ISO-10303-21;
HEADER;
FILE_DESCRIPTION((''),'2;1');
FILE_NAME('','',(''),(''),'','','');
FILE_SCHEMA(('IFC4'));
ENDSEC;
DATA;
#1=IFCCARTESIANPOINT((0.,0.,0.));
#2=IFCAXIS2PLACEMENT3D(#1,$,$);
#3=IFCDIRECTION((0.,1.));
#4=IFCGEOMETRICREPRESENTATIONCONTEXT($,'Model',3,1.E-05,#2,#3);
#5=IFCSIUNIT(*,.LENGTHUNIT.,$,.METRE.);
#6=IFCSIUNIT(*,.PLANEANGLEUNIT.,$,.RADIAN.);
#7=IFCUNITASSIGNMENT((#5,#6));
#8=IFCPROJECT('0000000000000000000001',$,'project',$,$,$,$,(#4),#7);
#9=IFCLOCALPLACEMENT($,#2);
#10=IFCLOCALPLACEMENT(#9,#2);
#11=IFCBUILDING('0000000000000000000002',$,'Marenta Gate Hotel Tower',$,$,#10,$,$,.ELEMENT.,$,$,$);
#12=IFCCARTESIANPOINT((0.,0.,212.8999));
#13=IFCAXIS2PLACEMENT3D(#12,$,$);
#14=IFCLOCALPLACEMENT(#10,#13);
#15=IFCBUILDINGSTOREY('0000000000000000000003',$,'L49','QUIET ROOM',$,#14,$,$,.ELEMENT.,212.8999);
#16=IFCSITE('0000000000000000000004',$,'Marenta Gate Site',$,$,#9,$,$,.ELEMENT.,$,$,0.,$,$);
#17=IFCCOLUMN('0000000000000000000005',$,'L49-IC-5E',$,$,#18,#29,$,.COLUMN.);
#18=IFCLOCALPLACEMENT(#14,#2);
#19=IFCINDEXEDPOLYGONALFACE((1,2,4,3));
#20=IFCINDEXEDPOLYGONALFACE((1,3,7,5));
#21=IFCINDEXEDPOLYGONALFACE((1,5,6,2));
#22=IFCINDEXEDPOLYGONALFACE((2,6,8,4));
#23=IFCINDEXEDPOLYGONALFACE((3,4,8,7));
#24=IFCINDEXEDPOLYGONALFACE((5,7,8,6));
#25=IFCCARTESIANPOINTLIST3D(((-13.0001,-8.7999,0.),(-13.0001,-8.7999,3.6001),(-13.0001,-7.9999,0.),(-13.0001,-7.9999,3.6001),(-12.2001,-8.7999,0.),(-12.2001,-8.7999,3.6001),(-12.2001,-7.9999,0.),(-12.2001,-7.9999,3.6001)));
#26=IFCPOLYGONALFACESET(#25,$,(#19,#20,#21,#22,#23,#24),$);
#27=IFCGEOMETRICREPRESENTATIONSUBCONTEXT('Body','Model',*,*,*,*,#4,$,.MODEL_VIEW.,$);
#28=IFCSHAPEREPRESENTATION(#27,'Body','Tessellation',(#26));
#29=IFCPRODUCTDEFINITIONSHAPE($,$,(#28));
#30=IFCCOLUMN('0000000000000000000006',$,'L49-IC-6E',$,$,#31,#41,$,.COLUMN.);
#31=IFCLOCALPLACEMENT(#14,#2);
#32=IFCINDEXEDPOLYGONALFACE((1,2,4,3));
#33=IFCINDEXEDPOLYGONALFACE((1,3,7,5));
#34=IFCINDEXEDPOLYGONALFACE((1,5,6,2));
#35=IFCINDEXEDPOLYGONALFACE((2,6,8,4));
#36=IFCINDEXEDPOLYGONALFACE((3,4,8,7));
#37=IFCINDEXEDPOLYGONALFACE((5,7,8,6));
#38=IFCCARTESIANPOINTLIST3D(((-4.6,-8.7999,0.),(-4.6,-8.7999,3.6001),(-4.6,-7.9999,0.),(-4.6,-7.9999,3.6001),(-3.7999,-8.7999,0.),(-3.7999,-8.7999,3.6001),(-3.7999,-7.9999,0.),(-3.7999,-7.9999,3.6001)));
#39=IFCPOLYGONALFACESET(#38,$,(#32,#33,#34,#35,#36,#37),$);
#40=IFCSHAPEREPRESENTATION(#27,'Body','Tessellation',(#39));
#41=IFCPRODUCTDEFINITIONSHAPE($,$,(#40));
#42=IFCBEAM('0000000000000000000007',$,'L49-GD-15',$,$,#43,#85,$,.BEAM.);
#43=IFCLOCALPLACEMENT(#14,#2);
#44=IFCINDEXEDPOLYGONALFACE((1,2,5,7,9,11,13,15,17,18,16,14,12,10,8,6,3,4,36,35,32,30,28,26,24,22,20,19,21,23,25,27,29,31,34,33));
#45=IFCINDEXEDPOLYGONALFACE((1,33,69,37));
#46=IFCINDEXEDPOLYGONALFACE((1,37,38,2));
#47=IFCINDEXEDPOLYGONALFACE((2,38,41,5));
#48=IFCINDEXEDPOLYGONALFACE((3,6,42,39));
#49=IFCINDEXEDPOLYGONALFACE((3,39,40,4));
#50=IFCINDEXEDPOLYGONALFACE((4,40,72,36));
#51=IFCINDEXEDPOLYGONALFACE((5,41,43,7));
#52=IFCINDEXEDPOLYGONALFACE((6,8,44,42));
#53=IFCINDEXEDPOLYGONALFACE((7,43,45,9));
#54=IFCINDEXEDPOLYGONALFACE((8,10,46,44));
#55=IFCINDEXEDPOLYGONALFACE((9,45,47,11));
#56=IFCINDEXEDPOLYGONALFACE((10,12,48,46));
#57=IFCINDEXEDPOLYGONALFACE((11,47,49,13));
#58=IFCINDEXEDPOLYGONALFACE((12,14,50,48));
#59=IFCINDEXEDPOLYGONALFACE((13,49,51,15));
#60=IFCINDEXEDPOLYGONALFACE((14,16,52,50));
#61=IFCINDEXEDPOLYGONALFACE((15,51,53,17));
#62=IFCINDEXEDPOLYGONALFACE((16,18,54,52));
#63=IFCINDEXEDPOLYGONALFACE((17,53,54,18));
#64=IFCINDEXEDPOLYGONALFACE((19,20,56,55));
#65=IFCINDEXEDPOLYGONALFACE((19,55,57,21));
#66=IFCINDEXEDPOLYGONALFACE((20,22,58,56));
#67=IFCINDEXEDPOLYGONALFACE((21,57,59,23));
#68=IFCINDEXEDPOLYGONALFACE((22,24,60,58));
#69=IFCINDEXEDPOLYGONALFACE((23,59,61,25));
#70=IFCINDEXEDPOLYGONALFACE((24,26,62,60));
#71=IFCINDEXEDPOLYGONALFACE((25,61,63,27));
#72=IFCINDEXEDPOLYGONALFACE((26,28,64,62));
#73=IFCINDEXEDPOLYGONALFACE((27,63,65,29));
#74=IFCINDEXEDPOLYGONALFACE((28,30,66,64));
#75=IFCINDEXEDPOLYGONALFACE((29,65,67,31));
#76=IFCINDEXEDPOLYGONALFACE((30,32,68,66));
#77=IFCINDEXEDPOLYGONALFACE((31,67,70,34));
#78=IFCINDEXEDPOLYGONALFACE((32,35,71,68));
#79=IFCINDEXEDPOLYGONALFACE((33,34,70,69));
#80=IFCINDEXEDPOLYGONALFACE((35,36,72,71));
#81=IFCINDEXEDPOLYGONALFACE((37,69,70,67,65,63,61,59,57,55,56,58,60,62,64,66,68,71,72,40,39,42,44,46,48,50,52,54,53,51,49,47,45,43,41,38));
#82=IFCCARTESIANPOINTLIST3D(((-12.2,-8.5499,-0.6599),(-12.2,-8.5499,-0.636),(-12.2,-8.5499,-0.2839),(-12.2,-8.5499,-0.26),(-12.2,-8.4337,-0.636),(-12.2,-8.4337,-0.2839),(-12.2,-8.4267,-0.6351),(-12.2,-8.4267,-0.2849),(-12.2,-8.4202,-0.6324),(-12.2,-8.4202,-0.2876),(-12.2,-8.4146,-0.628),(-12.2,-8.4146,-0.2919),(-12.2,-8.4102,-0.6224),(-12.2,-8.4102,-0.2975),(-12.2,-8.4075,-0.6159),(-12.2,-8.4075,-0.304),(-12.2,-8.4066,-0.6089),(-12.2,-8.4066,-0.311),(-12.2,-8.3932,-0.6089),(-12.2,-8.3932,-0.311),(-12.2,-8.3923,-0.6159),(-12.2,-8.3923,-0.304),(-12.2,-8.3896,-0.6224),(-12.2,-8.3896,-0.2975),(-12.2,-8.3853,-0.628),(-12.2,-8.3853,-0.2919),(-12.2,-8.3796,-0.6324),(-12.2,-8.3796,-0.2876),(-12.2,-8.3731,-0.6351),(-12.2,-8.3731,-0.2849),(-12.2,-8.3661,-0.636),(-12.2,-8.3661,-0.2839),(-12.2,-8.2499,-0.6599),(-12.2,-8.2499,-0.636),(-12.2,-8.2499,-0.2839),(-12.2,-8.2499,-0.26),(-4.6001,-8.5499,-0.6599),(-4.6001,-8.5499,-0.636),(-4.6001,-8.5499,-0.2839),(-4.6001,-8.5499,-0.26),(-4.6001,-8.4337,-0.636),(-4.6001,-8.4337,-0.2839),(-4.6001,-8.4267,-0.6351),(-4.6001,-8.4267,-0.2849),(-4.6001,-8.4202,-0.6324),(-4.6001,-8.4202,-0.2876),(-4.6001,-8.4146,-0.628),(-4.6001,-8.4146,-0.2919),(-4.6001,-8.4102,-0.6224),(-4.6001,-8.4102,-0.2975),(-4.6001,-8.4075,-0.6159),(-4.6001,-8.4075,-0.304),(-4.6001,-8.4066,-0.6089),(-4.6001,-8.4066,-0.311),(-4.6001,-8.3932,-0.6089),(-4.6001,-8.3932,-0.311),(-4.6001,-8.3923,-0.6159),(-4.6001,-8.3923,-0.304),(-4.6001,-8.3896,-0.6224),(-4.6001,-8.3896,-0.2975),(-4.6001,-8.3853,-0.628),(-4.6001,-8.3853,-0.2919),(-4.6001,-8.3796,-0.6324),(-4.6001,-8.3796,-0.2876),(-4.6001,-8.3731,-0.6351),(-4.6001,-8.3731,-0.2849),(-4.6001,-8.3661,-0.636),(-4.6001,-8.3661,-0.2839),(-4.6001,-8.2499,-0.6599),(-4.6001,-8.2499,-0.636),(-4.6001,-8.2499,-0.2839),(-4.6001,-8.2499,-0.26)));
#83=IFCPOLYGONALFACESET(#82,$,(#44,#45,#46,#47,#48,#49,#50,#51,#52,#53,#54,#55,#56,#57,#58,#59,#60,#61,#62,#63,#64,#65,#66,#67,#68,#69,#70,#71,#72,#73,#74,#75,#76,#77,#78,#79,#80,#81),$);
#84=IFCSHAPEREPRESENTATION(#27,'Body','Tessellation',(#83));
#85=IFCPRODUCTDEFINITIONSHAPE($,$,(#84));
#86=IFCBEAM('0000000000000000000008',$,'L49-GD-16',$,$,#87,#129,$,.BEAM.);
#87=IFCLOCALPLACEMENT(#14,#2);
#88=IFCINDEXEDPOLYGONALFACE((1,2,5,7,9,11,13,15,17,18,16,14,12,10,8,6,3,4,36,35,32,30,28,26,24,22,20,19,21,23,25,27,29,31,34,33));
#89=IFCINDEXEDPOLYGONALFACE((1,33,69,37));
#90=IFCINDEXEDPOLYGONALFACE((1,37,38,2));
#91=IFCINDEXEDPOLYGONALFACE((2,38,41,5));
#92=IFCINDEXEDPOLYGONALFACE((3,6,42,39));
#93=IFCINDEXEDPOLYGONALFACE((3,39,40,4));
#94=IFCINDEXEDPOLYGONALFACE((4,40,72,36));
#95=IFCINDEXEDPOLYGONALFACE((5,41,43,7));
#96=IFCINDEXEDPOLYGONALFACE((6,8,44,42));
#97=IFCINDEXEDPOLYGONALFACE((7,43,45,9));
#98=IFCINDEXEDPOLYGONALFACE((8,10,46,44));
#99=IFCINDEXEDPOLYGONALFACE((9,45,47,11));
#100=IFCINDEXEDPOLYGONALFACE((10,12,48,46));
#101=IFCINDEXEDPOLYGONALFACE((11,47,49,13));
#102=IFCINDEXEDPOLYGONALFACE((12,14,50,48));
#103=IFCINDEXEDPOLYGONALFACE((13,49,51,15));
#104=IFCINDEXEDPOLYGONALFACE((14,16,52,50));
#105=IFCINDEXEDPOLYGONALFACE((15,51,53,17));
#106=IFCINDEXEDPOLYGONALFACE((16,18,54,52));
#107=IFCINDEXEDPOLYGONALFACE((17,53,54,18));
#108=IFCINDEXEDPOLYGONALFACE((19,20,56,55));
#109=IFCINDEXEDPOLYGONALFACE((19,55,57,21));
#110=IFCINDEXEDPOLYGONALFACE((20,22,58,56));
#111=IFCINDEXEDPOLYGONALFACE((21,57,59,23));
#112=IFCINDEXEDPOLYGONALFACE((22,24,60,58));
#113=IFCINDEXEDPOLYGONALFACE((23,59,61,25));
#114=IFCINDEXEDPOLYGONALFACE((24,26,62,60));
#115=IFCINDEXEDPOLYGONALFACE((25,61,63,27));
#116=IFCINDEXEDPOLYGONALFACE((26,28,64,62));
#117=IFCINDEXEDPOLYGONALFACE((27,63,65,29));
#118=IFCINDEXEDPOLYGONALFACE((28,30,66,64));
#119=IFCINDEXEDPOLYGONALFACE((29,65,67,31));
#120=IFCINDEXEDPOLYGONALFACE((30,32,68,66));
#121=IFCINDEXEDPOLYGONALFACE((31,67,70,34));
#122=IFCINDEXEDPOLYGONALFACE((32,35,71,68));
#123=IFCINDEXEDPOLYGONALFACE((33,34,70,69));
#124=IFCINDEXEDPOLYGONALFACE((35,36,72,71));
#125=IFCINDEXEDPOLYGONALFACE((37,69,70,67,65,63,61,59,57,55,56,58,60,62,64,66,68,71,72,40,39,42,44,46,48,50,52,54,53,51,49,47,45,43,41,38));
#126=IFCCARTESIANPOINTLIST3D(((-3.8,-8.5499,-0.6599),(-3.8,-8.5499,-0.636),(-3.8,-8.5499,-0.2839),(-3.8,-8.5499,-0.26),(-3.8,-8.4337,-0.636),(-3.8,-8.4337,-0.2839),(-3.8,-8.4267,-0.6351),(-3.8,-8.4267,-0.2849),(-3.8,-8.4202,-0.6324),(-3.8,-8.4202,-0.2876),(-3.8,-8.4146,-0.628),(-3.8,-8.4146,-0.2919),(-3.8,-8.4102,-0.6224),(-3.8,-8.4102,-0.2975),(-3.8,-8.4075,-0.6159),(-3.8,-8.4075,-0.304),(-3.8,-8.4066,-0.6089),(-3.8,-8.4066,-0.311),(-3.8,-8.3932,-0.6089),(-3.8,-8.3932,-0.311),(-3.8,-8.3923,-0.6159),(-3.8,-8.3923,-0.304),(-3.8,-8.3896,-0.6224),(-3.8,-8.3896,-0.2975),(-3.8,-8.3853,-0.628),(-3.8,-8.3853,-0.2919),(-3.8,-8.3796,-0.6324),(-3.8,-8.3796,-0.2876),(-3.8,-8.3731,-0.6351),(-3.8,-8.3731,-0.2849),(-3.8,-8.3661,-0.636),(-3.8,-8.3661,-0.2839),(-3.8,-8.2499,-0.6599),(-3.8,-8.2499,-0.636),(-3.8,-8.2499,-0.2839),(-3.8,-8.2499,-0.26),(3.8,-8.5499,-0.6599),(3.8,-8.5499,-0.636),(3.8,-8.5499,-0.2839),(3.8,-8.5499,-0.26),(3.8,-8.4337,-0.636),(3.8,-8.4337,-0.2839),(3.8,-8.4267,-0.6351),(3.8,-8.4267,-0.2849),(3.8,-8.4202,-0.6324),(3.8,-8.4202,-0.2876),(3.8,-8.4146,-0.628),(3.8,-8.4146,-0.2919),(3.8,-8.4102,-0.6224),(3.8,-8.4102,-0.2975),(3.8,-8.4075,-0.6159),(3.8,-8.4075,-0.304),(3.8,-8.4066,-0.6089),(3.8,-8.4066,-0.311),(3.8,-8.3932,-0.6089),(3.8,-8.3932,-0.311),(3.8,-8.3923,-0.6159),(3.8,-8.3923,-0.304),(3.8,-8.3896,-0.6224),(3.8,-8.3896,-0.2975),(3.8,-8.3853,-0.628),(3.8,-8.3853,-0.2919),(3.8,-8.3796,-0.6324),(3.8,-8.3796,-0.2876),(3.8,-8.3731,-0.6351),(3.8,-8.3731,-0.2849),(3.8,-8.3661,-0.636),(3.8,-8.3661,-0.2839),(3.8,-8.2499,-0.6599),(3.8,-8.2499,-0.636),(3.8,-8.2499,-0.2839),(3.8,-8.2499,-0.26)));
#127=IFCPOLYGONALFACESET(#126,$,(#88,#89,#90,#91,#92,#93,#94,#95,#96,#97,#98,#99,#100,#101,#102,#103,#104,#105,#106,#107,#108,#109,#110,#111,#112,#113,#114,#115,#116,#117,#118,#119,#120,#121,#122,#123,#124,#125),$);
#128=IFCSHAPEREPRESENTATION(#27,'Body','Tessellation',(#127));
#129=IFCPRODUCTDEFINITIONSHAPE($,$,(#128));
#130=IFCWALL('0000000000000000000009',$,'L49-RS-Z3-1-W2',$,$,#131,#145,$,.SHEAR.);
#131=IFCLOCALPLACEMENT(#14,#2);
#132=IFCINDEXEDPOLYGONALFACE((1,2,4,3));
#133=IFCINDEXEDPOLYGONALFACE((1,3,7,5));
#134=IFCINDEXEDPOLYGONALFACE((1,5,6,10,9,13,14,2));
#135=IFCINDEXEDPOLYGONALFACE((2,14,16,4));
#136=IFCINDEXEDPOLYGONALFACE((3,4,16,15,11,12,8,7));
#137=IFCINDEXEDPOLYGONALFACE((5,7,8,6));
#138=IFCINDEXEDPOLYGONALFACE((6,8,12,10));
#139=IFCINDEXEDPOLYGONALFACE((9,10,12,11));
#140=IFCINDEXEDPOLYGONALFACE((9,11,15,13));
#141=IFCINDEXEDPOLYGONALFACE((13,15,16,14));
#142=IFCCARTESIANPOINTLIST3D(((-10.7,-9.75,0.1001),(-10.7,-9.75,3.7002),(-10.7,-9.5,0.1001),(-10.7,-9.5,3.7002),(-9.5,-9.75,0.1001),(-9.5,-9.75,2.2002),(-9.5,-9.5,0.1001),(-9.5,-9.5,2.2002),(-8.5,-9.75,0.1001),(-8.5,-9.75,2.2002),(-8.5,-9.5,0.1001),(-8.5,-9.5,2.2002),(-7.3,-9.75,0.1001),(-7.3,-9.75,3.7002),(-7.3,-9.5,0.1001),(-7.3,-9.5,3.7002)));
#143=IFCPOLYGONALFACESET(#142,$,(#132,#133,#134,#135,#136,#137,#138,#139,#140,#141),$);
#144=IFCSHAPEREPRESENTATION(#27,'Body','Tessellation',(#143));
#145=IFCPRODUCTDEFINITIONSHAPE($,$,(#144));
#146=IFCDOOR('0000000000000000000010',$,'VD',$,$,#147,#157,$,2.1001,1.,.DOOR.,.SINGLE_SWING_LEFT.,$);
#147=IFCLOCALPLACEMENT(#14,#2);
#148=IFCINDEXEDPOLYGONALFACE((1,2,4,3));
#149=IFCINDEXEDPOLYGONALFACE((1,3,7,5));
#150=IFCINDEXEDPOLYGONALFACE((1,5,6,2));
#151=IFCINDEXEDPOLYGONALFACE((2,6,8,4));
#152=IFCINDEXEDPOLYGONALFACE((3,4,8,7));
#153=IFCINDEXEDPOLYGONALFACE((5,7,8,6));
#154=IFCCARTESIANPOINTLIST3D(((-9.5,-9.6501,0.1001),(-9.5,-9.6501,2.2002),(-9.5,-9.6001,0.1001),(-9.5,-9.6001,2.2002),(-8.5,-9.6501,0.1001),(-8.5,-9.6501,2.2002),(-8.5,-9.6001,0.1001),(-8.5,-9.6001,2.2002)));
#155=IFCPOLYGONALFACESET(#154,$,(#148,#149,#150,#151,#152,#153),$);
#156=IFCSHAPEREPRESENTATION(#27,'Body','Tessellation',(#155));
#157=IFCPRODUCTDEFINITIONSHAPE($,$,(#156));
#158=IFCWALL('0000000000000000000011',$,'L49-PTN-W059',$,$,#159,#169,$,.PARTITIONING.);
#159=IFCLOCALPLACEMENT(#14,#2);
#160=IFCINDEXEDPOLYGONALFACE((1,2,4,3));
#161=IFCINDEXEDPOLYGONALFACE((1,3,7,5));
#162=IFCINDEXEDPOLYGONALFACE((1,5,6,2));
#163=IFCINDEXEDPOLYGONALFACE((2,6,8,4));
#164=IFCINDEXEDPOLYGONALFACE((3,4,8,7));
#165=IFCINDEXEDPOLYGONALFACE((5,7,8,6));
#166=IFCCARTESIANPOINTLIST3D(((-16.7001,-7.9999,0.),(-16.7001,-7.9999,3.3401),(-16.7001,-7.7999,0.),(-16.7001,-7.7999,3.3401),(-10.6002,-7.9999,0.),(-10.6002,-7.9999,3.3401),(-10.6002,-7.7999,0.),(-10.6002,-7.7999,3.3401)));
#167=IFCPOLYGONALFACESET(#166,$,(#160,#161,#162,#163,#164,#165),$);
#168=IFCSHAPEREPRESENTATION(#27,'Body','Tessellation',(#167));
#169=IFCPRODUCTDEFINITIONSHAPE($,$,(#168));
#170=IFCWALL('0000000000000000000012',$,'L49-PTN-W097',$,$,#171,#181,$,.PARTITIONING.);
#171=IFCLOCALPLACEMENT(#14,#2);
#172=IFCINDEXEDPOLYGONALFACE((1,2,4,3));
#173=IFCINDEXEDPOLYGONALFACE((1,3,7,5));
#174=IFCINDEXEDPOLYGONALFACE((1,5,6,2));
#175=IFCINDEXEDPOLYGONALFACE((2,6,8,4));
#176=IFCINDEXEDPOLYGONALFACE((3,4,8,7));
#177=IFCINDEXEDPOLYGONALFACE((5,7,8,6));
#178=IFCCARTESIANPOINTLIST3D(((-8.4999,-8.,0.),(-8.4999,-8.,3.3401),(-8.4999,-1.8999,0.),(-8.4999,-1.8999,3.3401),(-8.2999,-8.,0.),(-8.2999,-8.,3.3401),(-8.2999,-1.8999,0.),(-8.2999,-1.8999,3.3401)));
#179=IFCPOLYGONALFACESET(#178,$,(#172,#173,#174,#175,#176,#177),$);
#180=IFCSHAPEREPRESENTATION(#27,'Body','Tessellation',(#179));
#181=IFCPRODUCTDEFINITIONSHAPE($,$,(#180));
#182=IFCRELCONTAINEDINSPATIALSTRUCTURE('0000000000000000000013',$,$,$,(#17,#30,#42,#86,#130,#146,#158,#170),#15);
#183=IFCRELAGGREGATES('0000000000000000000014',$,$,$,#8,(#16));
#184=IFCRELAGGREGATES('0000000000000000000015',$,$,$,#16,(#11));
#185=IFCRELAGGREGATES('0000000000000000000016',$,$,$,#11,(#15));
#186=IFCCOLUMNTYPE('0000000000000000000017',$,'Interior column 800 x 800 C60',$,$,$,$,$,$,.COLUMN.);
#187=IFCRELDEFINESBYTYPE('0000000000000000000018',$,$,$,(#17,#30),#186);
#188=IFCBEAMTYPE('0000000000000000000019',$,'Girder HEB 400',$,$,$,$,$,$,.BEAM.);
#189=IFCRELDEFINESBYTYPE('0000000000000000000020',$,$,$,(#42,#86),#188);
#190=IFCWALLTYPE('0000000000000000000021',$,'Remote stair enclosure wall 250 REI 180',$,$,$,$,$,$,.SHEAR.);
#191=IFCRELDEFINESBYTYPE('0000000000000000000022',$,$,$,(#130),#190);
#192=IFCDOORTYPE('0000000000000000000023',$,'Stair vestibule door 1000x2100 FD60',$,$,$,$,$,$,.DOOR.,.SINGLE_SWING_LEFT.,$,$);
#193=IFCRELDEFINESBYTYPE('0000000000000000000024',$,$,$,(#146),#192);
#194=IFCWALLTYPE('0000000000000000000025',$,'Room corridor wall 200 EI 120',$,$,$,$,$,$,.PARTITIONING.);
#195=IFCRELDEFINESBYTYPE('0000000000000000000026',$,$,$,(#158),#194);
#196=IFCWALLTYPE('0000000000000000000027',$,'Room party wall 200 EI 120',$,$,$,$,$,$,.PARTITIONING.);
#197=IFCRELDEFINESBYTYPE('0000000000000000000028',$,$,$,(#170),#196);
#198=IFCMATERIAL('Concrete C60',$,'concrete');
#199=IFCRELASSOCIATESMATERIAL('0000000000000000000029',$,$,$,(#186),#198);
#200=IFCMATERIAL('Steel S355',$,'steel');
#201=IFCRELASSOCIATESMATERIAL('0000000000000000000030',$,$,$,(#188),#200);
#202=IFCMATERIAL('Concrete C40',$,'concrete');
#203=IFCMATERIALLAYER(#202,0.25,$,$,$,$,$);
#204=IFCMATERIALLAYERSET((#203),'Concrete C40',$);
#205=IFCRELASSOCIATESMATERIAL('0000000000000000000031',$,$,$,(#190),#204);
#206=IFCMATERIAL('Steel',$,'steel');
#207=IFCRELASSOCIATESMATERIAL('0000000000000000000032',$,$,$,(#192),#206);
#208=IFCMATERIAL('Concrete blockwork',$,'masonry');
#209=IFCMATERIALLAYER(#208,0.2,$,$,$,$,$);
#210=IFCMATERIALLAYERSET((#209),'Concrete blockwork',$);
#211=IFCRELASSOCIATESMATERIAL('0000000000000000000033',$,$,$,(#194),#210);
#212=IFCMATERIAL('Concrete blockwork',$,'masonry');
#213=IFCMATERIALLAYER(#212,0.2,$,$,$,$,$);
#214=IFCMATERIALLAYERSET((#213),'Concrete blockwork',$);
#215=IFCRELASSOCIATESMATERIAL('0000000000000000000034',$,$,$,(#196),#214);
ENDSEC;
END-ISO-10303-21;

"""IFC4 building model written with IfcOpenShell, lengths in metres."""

from ifc_helpers import new_model, si_unit, direction, frame, frame_2d, origin, origin_2d, place, context, subcontext, project, spatial, rectangle, i_section, extrude, material, layer, layer_set, material_profile, profile_set, type_object, element, fill, save


model = new_model("IFC4")

# Units and contexts
model_context = context("Model", 3, precision=1e-05, world=origin(), true_north=direction((0.0, 1.0)))
body_context = subcontext(model_context, "Body", "Model", "MODEL_VIEW")
ifc_project = project(units=[si_unit("LENGTHUNIT", "METRE"), si_unit("PLANEANGLEUNIT", "RADIAN")], contexts=[model_context])

# Site, building, storey
site_placement = place(None, origin())
site = spatial("IfcSite", under=ifc_project, at=site_placement, Name="Marenta Gate Site", CompositionType="ELEMENT", RefElevation=0.0)
building_placement = place(site_placement, origin())
building = spatial("IfcBuilding", under=site, at=building_placement, Name="Marenta Gate Hotel Tower", CompositionType="ELEMENT")
storey_placement = place(building_placement, frame((0.0, 0.0, 212.8999)))
storey = spatial("IfcBuildingStorey", under=building, at=storey_placement, Name="L49", Description="QUIET ROOM", CompositionType="ELEMENT", Elevation=212.8999)

# Columns
ifc_material_1 = material(Name="Concrete C60", Category="concrete")
ifc_material_profile_1 = material_profile(ifc_material_1, rectangle(XDim=0.8, YDim=0.8, at=origin_2d()), Name="800 x 800")
ifc_profile_set_1 = profile_set([ifc_material_profile_1], Name="Concrete C60")
column_type = type_object("IfcColumnType", Name="Interior column 800 x 800 C60", PredefinedType="COLUMN", material=ifc_profile_set_1)
for number, where, z_axis, x_axis, name in (
    (1, (-12.6001, -8.3999, 0.0), (0.0, 0.0, 1.0), (1.0, 0.0, 0.0), "L49-IC-5E"),
    (2, (-4.2, -8.3999, 0.0), (0.0, 0.0, 1.0), (1.0, 0.0, 0.0), "L49-IC-6E"),
):
    element("IfcColumn", number, at=place(storey_placement, frame(where, z_axis=z_axis, x_axis=x_axis)), inside=storey, type_object=column_type, Name=name, PredefinedType="COLUMN", context=body_context, shape_type="SweptSolid", body=[
        extrude(rectangle(XDim=0.8, YDim=0.8, at=origin_2d()), origin(), (0.0, 0.0, 1.0), 3.6001),
    ])

# Beams
ifc_material_2 = material(Name="Steel S355", Category="steel")
ifc_material_profile_2 = material_profile(ifc_material_2, i_section(OverallWidth=0.3, OverallDepth=0.3999, WebThickness=0.0134, FlangeThickness=0.0239, FilletRadius=0.0271, at=origin_2d()), Name="HEB 400")
ifc_profile_set_2 = profile_set([ifc_material_profile_2], Name="Steel S355")
beam_type = type_object("IfcBeamType", Name="Girder HEB 400", PredefinedType="BEAM", material=ifc_profile_set_2)
beam_1_placement = place(storey_placement, frame((-12.2, -8.3999, -0.46), z_axis=(1.0, 0.0, 0.0), x_axis=(0.0, 1.0, 0.0)))
element("IfcBeam", 3, at=beam_1_placement, inside=storey, type_object=beam_type, Name="L49-GD-15", PredefinedType="BEAM", context=body_context, shape_type="SweptSolid", body=[
    extrude(i_section(OverallWidth=0.3, OverallDepth=0.3999, WebThickness=0.0134, FlangeThickness=0.0239, FilletRadius=0.0271, at=origin_2d()), origin(), (0.0, 0.0, 1.0), 7.5999),
])
beam_2_placement = place(storey_placement, frame((-3.8, -8.3999, -0.46), z_axis=(1.0, 0.0, 0.0), x_axis=(0.0, 1.0, 0.0)))
element("IfcBeam", 4, at=beam_2_placement, inside=storey, type_object=beam_type, Name="L49-GD-16", PredefinedType="BEAM", context=body_context, shape_type="SweptSolid", body=[
    extrude(i_section(OverallWidth=0.3, OverallDepth=0.3999, WebThickness=0.0134, FlangeThickness=0.0239, FilletRadius=0.0271, at=origin_2d()), origin(), (0.0, 0.0, 1.0), 7.6001),
])

# Wall, opening, door
ifc_material_3 = material(Name="Concrete C40", Category="concrete")
ifc_layer_1 = layer(ifc_material_3, 0.25)
ifc_layer_set_1 = layer_set([ifc_layer_1], Name="Concrete C40")
wall_type_1 = type_object("IfcWallType", Name="Remote stair enclosure wall 250 REI 180", PredefinedType="SHEAR", material=ifc_layer_set_1)
wall_1_placement = place(storey_placement, frame((-10.7, -9.625, 0.1001), z_axis=(0.0, 0.0, 1.0), x_axis=(1.0, 0.0, 0.0)))
wall_1 = element("IfcWall", 5, at=wall_1_placement, inside=storey, type_object=wall_type_1, Name="L49-RS-Z3-1-W2", PredefinedType="SHEAR", context=body_context, shape_type="SweptSolid", body=[
    extrude(rectangle(XDim=3.3999, YDim=0.25, at=frame_2d((1.7, 0.0))), origin(), (0.0, 0.0, 1.0), 3.6001),
])
opening_1_placement = place(wall_1_placement, frame((1.2, 0.0, 0.0)))
opening_1 = element("IfcOpeningElement", 6, at=opening_1_placement, cuts=wall_1, PredefinedType="OPENING", context=body_context, shape_type="SweptSolid", body=[
    extrude(rectangle(XDim=1.0, YDim=2.1001, at=frame_2d((0.5, 1.05))), frame((0.0, 0.125, 0.0), z_axis=(0.0, -1.0, 0.0), x_axis=(1.0, 0.0, 0.0)), (0.0, 0.0, 1.0), 0.25),
])
ifc_material_4 = material(Name="Steel", Category="steel")
door_type_1 = type_object("IfcDoorType", Name="Stair vestibule door 1000x2100 FD60", OperationType="SINGLE_SWING_LEFT", PredefinedType="DOOR", material=ifc_material_4)
door_1_placement = place(opening_1_placement, origin())
door_1 = element("IfcDoor", 7, at=door_1_placement, inside=storey, type_object=door_type_1, Name="VD", OperationType="SINGLE_SWING_LEFT", OverallHeight=2.1001, OverallWidth=1.0, PredefinedType="DOOR", context=body_context, shape_type="SweptSolid", body=[
    extrude(rectangle(XDim=1.0, YDim=2.1001, at=frame_2d((0.5, 1.05))), frame((0.0, 0.0249, 0.0), z_axis=(0.0, -1.0, 0.0), x_axis=(1.0, 0.0, 0.0)), (0.0, 0.0, 1.0), 0.05),
])
fill(opening_1, door_1)
ifc_material_5 = material(Name="Concrete blockwork", Category="masonry")
ifc_layer_2 = layer(ifc_material_5, 0.2)
ifc_layer_set_2 = layer_set([ifc_layer_2], Name="Concrete blockwork")
wall_type_2 = type_object("IfcWallType", Name="Room corridor wall 200 EI 120", PredefinedType="PARTITIONING", material=ifc_layer_set_2)

# Wall
wall_2_placement = place(storey_placement, frame((-16.7, -7.8999, 0.0), z_axis=(0.0, 0.0, 1.0), x_axis=(1.0, 0.0, 0.0)))
element("IfcWall", 8, at=wall_2_placement, inside=storey, type_object=wall_type_2, Name="L49-PTN-W059", PredefinedType="PARTITIONING", context=body_context, shape_type="SweptSolid", body=[
    extrude(rectangle(XDim=6.0999, YDim=0.2, at=frame_2d((3.0498, 0.0))), origin(), (0.0, 0.0, 1.0), 3.3401),
])

# Wall
ifc_material_6 = material(Name="Concrete blockwork", Category="masonry")
ifc_layer_3 = layer(ifc_material_6, 0.2)
ifc_layer_set_3 = layer_set([ifc_layer_3], Name="Concrete blockwork")
wall_type_3 = type_object("IfcWallType", Name="Room party wall 200 EI 120", PredefinedType="PARTITIONING", material=ifc_layer_set_3)
wall_3_placement = place(storey_placement, frame((-8.3999, -8.0, 0.0), z_axis=(0.0, 0.0, 1.0), x_axis=(0.0, 1.0, 0.0)))
element("IfcWall", 9, at=wall_3_placement, inside=storey, type_object=wall_type_3, Name="L49-PTN-W097", PredefinedType="PARTITIONING", context=body_context, shape_type="SweptSolid", body=[
    extrude(rectangle(XDim=6.1001, YDim=0.2, at=frame_2d((3.05, 0.0))), origin(), (0.0, 0.0, 1.0), 3.3401),
])

save(model, "model.ifc")
